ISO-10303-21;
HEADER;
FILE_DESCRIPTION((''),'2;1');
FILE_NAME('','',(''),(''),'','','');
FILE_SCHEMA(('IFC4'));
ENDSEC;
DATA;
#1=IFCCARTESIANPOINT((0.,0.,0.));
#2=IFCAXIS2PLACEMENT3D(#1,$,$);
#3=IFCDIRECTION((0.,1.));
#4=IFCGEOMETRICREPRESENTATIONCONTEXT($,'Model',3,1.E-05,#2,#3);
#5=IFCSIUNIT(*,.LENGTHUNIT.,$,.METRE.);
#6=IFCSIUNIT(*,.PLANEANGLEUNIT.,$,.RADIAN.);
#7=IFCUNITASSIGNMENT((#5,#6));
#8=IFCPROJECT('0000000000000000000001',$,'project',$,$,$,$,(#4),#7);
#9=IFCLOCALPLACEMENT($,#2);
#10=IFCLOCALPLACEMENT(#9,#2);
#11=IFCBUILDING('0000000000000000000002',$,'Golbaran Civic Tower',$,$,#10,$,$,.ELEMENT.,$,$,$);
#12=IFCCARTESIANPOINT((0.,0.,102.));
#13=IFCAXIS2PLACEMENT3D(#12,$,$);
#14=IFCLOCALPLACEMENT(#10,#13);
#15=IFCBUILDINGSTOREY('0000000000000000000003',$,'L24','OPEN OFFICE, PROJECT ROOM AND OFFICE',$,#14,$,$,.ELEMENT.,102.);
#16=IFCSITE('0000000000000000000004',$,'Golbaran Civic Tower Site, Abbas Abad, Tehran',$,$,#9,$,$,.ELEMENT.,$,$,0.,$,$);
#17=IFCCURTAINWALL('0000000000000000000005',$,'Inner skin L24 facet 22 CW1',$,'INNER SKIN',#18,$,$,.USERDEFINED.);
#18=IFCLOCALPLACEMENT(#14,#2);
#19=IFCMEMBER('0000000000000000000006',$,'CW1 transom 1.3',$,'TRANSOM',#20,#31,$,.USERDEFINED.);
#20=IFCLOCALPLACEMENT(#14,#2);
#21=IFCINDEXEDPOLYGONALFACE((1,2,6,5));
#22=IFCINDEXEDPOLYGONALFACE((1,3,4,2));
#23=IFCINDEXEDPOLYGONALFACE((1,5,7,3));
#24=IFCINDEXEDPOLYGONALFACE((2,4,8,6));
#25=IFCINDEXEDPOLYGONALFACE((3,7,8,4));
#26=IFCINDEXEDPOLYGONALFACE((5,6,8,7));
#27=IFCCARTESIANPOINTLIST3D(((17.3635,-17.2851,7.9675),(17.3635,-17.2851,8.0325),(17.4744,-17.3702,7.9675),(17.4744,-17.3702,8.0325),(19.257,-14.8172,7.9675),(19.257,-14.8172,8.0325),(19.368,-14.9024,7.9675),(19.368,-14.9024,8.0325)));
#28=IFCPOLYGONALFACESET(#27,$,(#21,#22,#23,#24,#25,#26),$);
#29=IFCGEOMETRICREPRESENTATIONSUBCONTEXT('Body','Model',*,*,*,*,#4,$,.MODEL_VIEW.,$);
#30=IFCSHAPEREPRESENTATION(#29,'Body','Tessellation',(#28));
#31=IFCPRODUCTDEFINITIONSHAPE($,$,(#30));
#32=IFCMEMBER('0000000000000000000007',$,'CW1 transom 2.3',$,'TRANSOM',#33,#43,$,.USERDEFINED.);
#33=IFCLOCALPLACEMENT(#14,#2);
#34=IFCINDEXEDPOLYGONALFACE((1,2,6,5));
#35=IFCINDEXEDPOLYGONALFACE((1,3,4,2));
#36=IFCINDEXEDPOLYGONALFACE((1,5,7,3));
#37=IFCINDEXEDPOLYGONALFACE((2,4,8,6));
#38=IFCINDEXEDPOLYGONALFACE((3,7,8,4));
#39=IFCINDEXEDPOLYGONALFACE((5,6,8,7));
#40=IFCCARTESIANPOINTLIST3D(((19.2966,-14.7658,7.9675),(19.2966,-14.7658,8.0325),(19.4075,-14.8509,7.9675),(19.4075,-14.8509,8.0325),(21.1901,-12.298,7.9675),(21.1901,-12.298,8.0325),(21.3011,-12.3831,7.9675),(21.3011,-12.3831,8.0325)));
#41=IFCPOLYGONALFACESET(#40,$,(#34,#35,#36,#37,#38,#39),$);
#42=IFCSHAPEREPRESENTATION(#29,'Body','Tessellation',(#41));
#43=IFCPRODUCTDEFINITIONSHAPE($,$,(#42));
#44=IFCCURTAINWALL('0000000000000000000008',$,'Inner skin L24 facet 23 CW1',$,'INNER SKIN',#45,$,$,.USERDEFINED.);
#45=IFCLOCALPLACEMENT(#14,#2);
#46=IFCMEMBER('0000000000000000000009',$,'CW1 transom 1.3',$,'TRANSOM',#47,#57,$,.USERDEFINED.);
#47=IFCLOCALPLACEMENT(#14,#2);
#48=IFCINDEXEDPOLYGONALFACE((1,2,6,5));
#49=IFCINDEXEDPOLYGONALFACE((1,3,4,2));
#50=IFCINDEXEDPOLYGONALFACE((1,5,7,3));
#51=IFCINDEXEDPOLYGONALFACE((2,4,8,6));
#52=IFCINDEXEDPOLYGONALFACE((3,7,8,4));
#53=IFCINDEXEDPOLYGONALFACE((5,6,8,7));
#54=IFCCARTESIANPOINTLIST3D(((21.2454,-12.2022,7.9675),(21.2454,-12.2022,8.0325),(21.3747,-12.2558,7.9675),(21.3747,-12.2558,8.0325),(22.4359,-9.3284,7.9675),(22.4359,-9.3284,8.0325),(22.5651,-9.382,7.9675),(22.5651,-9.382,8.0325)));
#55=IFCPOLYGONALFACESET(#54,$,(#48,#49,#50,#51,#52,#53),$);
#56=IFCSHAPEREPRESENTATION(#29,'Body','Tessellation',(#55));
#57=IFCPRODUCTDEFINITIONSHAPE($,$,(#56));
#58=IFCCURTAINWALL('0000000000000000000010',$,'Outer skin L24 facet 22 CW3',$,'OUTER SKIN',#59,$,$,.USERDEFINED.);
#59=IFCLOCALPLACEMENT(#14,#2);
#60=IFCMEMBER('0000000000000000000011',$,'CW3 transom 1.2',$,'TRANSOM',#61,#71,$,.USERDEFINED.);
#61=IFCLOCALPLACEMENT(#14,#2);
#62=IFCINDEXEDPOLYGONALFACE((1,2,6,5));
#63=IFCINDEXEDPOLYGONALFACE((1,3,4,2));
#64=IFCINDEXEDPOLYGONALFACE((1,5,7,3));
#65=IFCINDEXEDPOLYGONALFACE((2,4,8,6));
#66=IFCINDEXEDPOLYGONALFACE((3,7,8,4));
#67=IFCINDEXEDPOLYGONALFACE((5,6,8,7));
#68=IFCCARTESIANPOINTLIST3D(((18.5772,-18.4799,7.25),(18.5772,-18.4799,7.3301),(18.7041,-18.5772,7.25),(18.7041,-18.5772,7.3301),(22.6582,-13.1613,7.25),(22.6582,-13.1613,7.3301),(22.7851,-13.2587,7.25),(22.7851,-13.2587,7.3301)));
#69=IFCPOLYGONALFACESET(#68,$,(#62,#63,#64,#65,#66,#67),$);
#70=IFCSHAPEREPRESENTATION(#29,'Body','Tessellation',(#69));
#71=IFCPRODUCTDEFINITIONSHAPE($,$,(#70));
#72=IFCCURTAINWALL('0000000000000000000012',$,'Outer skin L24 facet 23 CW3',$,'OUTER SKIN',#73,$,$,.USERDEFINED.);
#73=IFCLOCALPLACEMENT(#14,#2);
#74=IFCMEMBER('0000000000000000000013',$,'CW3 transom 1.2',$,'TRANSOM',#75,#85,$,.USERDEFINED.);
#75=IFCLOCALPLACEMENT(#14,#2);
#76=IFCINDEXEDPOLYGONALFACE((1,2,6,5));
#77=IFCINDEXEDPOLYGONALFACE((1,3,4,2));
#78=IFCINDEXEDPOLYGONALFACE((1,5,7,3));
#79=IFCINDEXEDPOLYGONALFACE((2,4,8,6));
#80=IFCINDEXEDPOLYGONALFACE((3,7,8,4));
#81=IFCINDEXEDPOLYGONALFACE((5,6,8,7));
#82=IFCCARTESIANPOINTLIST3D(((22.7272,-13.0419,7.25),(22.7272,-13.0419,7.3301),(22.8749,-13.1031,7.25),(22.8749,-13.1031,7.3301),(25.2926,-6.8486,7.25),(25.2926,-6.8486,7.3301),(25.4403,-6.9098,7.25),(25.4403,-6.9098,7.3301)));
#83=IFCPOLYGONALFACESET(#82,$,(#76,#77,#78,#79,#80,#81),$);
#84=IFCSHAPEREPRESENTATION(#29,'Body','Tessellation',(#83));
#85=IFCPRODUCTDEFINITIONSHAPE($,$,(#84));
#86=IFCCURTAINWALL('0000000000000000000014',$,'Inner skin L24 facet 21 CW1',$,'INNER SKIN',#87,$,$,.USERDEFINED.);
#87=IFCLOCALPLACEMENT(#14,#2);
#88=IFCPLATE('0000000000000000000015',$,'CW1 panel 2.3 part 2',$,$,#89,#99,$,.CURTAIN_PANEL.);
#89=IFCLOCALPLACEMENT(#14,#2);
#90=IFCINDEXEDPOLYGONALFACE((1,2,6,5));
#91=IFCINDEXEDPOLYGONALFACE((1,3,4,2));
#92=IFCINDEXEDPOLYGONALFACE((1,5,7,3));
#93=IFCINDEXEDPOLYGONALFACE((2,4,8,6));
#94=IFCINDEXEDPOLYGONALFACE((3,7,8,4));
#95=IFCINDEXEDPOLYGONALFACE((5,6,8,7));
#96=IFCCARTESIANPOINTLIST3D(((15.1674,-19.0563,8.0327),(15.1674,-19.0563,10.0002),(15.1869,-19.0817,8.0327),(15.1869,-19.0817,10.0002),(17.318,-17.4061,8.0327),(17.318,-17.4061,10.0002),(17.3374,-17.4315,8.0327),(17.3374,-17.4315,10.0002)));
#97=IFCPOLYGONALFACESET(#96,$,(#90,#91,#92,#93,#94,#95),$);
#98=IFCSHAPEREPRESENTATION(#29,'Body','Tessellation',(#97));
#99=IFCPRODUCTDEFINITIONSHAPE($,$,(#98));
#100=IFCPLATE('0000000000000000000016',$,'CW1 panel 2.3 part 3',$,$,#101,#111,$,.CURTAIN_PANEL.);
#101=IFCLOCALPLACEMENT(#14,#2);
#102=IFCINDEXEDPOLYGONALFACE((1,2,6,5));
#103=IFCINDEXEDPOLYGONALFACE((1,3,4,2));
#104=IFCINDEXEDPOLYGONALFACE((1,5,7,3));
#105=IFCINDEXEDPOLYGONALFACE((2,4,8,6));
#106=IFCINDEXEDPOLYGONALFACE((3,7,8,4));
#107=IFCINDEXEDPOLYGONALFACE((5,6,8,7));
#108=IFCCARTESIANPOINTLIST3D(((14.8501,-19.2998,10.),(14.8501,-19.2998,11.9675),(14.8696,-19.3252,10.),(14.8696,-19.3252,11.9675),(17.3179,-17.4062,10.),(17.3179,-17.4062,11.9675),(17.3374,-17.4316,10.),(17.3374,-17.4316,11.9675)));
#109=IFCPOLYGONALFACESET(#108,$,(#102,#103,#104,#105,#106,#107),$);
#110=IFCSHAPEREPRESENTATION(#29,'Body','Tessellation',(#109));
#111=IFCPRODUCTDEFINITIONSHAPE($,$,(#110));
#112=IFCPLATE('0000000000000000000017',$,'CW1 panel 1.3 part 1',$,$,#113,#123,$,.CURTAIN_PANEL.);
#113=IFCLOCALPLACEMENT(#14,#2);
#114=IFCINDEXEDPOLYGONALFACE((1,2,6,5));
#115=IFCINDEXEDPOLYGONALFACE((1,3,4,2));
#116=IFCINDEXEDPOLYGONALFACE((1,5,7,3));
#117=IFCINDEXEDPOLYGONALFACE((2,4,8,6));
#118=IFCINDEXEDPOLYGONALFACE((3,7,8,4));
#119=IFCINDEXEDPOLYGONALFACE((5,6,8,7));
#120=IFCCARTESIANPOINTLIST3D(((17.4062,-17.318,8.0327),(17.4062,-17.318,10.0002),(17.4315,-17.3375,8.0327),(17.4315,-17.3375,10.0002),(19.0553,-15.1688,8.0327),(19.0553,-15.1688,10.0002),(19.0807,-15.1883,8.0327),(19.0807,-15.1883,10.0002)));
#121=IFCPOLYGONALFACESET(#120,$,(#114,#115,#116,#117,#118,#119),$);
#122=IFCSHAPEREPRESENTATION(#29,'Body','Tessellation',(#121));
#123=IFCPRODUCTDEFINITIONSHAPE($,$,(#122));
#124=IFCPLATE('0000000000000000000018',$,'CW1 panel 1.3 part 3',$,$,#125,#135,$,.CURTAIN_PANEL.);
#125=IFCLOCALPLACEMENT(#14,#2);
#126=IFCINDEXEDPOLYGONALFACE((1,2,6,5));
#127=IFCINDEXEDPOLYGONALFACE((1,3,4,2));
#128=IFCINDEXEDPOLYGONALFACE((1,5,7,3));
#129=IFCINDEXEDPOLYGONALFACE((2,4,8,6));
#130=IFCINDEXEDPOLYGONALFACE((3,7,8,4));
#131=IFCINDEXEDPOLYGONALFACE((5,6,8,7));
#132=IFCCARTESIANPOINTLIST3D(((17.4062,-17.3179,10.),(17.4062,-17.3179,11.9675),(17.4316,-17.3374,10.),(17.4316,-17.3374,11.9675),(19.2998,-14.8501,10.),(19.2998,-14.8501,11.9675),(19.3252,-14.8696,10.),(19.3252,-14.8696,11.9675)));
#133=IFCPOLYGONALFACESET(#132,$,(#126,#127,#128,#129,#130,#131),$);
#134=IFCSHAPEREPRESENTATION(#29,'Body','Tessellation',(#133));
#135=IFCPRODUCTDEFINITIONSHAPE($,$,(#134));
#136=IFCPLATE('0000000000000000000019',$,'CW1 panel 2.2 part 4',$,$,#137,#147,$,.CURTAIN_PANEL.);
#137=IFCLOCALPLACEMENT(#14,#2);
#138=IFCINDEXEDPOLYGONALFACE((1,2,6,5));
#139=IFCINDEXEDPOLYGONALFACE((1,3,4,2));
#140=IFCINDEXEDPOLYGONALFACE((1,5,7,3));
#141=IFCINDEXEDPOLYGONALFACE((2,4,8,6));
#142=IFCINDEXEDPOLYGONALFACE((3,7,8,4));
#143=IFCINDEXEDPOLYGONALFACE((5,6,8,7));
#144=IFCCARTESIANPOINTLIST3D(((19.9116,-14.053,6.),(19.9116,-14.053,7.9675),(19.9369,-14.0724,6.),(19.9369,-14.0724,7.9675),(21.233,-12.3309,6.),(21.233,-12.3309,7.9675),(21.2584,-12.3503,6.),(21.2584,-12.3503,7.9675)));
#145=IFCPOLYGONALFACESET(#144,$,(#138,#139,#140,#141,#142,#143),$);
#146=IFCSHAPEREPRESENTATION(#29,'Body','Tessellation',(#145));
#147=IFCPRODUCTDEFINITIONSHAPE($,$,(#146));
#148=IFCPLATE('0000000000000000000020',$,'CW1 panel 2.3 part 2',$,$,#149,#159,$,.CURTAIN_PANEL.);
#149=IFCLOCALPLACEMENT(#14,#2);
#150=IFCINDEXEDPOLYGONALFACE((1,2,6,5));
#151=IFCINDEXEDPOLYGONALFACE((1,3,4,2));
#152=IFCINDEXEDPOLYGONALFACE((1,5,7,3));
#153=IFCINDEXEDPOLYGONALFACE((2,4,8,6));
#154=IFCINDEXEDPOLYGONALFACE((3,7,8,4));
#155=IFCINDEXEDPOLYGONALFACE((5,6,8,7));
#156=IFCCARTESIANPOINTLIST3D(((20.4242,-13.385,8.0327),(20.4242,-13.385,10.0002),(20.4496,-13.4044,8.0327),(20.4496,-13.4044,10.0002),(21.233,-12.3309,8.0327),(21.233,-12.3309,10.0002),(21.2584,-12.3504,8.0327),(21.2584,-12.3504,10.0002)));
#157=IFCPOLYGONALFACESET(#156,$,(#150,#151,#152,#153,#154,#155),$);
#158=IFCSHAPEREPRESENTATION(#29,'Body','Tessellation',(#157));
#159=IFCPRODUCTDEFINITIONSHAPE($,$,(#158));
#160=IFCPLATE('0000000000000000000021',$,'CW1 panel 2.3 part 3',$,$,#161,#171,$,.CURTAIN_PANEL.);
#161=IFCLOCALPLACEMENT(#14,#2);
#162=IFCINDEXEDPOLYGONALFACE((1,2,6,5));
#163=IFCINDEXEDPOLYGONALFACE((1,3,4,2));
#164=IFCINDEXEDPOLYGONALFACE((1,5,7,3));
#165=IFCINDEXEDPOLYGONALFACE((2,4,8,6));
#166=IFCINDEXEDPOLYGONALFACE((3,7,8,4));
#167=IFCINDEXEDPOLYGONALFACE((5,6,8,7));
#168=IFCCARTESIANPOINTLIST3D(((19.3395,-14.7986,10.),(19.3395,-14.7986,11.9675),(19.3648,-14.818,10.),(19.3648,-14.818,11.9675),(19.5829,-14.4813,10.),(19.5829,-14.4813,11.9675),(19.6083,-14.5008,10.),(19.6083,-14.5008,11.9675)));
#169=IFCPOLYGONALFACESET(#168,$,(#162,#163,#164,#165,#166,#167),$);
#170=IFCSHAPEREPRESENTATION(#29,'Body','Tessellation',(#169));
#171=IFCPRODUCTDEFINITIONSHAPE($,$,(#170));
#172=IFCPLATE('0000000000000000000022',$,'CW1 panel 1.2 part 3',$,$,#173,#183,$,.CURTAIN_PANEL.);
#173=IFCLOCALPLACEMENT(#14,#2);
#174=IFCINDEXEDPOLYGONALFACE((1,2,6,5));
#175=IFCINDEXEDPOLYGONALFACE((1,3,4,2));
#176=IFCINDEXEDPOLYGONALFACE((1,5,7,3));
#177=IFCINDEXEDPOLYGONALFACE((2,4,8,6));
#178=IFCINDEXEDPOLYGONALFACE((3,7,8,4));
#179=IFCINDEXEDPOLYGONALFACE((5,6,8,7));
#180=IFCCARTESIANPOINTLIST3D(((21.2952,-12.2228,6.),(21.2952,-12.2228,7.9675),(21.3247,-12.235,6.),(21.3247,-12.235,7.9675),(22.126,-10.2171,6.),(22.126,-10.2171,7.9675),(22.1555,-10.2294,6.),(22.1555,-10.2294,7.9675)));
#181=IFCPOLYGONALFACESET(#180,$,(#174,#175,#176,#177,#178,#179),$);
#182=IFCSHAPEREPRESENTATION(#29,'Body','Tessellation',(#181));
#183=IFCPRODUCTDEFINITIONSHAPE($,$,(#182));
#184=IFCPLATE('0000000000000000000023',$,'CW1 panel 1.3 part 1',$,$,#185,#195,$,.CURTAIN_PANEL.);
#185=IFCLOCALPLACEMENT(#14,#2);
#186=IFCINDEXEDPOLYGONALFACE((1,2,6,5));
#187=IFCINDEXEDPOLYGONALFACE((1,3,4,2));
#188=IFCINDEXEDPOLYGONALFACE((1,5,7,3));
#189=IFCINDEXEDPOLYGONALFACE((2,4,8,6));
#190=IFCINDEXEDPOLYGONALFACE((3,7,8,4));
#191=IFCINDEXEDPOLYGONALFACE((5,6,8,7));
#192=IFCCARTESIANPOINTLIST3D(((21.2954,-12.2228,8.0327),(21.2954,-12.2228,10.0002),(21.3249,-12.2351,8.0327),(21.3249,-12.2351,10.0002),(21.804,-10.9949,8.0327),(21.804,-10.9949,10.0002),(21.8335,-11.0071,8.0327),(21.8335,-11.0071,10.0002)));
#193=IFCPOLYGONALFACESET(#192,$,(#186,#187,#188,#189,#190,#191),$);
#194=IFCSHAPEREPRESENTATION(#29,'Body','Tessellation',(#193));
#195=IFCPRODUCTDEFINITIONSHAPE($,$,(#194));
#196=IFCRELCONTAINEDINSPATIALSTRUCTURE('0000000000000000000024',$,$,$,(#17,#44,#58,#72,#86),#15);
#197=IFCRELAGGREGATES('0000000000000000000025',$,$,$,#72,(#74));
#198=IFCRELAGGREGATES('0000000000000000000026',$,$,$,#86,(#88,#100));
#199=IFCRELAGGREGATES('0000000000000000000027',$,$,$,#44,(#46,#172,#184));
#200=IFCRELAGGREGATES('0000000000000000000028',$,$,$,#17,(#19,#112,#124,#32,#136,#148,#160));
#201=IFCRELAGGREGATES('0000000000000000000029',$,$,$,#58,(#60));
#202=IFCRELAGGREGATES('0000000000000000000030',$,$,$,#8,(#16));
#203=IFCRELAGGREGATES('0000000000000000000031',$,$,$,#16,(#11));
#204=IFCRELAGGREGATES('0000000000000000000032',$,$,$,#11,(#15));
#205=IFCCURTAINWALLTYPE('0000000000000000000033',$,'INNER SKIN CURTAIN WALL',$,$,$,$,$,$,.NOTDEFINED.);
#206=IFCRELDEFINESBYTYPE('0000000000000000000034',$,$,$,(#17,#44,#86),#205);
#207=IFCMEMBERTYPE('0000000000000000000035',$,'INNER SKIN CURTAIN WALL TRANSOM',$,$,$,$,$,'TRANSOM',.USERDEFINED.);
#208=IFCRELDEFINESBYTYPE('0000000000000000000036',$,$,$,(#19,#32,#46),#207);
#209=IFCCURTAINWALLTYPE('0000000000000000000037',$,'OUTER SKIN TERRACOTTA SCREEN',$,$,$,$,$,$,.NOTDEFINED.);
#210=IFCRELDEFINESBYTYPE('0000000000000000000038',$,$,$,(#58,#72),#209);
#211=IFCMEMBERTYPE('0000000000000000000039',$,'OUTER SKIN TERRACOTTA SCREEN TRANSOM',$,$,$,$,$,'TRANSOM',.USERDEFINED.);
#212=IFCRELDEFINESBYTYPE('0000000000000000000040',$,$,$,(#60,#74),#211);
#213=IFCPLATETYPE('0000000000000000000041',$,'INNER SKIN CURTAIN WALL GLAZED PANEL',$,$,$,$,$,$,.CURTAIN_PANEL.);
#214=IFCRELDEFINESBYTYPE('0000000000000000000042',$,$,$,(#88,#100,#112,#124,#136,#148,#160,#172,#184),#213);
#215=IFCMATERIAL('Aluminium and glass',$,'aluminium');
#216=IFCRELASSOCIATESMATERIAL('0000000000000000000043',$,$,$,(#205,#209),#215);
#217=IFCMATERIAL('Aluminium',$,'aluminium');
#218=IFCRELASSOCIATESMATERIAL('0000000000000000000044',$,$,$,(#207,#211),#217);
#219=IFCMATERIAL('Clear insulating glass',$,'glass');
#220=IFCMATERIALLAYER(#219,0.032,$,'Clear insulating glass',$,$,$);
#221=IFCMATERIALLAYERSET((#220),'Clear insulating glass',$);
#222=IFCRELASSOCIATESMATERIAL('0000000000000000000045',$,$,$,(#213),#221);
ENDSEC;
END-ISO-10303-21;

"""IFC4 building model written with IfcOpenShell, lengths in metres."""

from ifc_helpers import new_model, si_unit, direction, frame, origin, origin_2d, place, context, subcontext, project, spatial, rectangle, extrude, material, layer, layer_set, material_profile, profile_set, type_object, element, aggregate, save


model = new_model("IFC4")

# Units and contexts
model_context = context("Model", 3, precision=1e-05, world=origin(), true_north=direction((0.0, 1.0)))
body_context = subcontext(model_context, "Body", "Model", "MODEL_VIEW")
ifc_project = project(units=[si_unit("LENGTHUNIT", "METRE"), si_unit("PLANEANGLEUNIT", "RADIAN")], contexts=[model_context])

# Site, building, storey
site_placement = place(None, origin())
site = spatial("IfcSite", under=ifc_project, at=site_placement, Name="Golbaran Civic Tower Site, Abbas Abad, Tehran", CompositionType="ELEMENT", RefElevation=0.0)
building_placement = place(site_placement, origin())
building = spatial("IfcBuilding", under=site, at=building_placement, Name="Golbaran Civic Tower", CompositionType="ELEMENT")
storey_placement = place(building_placement, frame((0.0, 0.0, 102.0)))
storey = spatial("IfcBuildingStorey", under=building, at=storey_placement, Name="L24", Description="OPEN OFFICE, PROJECT ROOM AND OFFICE", CompositionType="ELEMENT", Elevation=102.0)

# Curtain wall, members
ifc_material_1 = material(Name="Aluminium and glass", Category="aluminium")
curtain_wall_type_1 = type_object("IfcCurtainWallType", Name="INNER SKIN CURTAIN WALL", PredefinedType="NOTDEFINED", material=ifc_material_1)
curtain_wall_1_placement = place(storey_placement, origin())
curtain_wall_1 = element("IfcCurtainWall", 1, at=curtain_wall_1_placement, inside=storey, type_object=curtain_wall_type_1, Name="Inner skin L24 facet 22 CW1", ObjectType="INNER SKIN", PredefinedType="USERDEFINED")
ifc_material_2 = material(Name="Aluminium", Category="aluminium")
ifc_material_profile_1 = material_profile(ifc_material_2, rectangle(XDim=0.1399, YDim=0.0649, at=origin_2d()), Name="INNER SKIN CURTAIN WALL TRANSOM")
ifc_profile_set_1 = profile_set([ifc_material_profile_1], Name="Aluminium")
member_type_1 = type_object("IfcMemberType", Name="INNER SKIN CURTAIN WALL TRANSOM", ElementType="TRANSOM", PredefinedType="USERDEFINED", material=ifc_profile_set_1)
member_1_placement = place(storey_placement, frame((17.4189, -17.3276, 8.0), z_axis=(0.608754, 0.793359, 0.0), x_axis=(-0.793359, 0.608754, 0.0)))
member_1 = element("IfcMember", 2, at=member_1_placement, type_object=member_type_1, Name="CW1 transom 1.3", ObjectType="TRANSOM", PredefinedType="USERDEFINED", context=body_context, shape_type="SweptSolid", body=[
    extrude(rectangle(XDim=0.1399, YDim=0.0649, at=origin_2d()), origin(), (0.0, 0.0, 1.0), 3.1106),
])
member_2_placement = place(storey_placement, frame((19.3521, -14.8083, 8.0), z_axis=(0.608754, 0.793359, 0.0), x_axis=(-0.793359, 0.608754, 0.0)))
member_2 = element("IfcMember", 3, at=member_2_placement, type_object=member_type_1, Name="CW1 transom 2.3", ObjectType="TRANSOM", PredefinedType="USERDEFINED", context=body_context, shape_type="SweptSolid", body=[
    extrude(rectangle(XDim=0.1399, YDim=0.0649, at=origin_2d()), origin(), (0.0, 0.0, 1.0), 3.1106),
])

# Curtain walls, members
curtain_wall_2_placement = place(storey_placement, origin())
curtain_wall_2 = element("IfcCurtainWall", 4, at=curtain_wall_2_placement, inside=storey, type_object=curtain_wall_type_1, Name="Inner skin L24 facet 23 CW1", ObjectType="INNER SKIN", PredefinedType="USERDEFINED")
member_3_placement = place(storey_placement, frame((21.3101, -12.229, 8.0), z_axis=(0.382703, 0.923871, 0.0), x_axis=(-0.923871, 0.382703, 0.0)))
member_3 = element("IfcMember", 5, at=member_3_placement, type_object=member_type_1, Name="CW1 transom 1.3", ObjectType="TRANSOM", PredefinedType="USERDEFINED", context=body_context, shape_type="SweptSolid", body=[
    extrude(rectangle(XDim=0.1399, YDim=0.0649, at=origin_2d()), origin(), (0.0, 0.0, 1.0), 3.1106),
])
curtain_wall_type_2 = type_object("IfcCurtainWallType", Name="OUTER SKIN TERRACOTTA SCREEN", PredefinedType="NOTDEFINED", material=ifc_material_1)
curtain_wall_3_placement = place(storey_placement, origin())
curtain_wall_3 = element("IfcCurtainWall", 6, at=curtain_wall_3_placement, inside=storey, type_object=curtain_wall_type_2, Name="Outer skin L24 facet 22 CW3", ObjectType="OUTER SKIN", PredefinedType="USERDEFINED")
ifc_material_profile_2 = material_profile(ifc_material_2, rectangle(XDim=0.1599, YDim=0.0801, at=origin_2d()), Name="OUTER SKIN TERRACOTTA SCREEN TRANSOM")
ifc_profile_set_2 = profile_set([ifc_material_profile_2], Name="Aluminium")
member_type_2 = type_object("IfcMemberType", Name="OUTER SKIN TERRACOTTA SCREEN TRANSOM", ElementType="TRANSOM", PredefinedType="USERDEFINED", material=ifc_profile_set_2)
member_4_placement = place(storey_placement, frame((18.6406, -18.5286, 7.29), z_axis=(0.608756, 0.793357, 0.0), x_axis=(-0.793357, 0.608756, 0.0)))
member_4 = element("IfcMember", 7, at=member_4_placement, type_object=member_type_2, Name="CW3 transom 1.2", ObjectType="TRANSOM", PredefinedType="USERDEFINED", context=body_context, shape_type="SweptSolid", body=[
    extrude(rectangle(XDim=0.1599, YDim=0.0801, at=origin_2d()), origin(), (0.0, 0.0, 1.0), 6.7039),
])
curtain_wall_4_placement = place(storey_placement, origin())
curtain_wall_4 = element("IfcCurtainWall", 8, at=curtain_wall_4_placement, inside=storey, type_object=curtain_wall_type_2, Name="Outer skin L24 facet 23 CW3", ObjectType="OUTER SKIN", PredefinedType="USERDEFINED")
member_5_placement = place(storey_placement, frame((22.801, -13.0725, 7.29), z_axis=(0.382691, 0.923877, 0.0), x_axis=(-0.923877, 0.382691, 0.0)))
member_5 = element("IfcMember", 9, at=member_5_placement, type_object=member_type_2, Name="CW3 transom 1.2", ObjectType="TRANSOM", PredefinedType="USERDEFINED", context=body_context, shape_type="SweptSolid", body=[
    extrude(rectangle(XDim=0.1599, YDim=0.0801, at=origin_2d()), origin(), (0.0, 0.0, 1.0), 6.7036),
])
aggregate(curtain_wall_4, [member_5])

# Curtain wall, plates
curtain_wall_5_placement = place(storey_placement, origin())
curtain_wall_5 = element("IfcCurtainWall", 10, at=curtain_wall_5_placement, inside=storey, type_object=curtain_wall_type_1, Name="Inner skin L24 facet 21 CW1", ObjectType="INNER SKIN", PredefinedType="USERDEFINED")
ifc_material_3 = material(Name="Clear insulating glass", Category="glass")
ifc_layer_1 = layer(ifc_material_3, 0.032, Name="Clear insulating glass")
ifc_layer_set_1 = layer_set([ifc_layer_1], Name="Clear insulating glass")
plate_type_1 = type_object("IfcPlateType", Name="INNER SKIN CURTAIN WALL GLAZED PANEL", PredefinedType="CURTAIN_PANEL", material=ifc_layer_set_1)
plate_1_placement = place(storey_placement, frame((16.2524, -18.2439, 8.0327), z_axis=(0.0, 0.0, 1.0), x_axis=(0.793353, 0.608761, 0.0)))
plate_1 = element("IfcPlate", 11, at=plate_1_placement, type_object=plate_type_1, Name="CW1 panel 2.3 part 2", PredefinedType="CURTAIN_PANEL", context=body_context, shape_type="SweptSolid", body=[
    extrude(rectangle(XDim=2.7107, YDim=0.032, at=origin_2d()), origin(), (0.0, 0.0, 1.0), 1.9675),
])
plate_2_placement = place(storey_placement, frame((16.0938, -18.3657, 10.0), z_axis=(0.0, 0.0, 1.0), x_axis=(0.793353, 0.608761, 0.0)))
plate_2 = element("IfcPlate", 12, at=plate_2_placement, type_object=plate_type_1, Name="CW1 panel 2.3 part 3", PredefinedType="CURTAIN_PANEL", context=body_context, shape_type="SweptSolid", body=[
    extrude(rectangle(XDim=3.1106, YDim=0.032, at=origin_2d()), origin(), (0.0, 0.0, 1.0), 1.9675),
])
aggregate(curtain_wall_5, [plate_1, plate_2])

# Plates
plate_3_placement = place(storey_placement, frame((18.2434, -16.2532, 8.0327), z_axis=(0.0, 0.0, 1.0), x_axis=(0.608761, 0.793353, 0.0)))
plate_3 = element("IfcPlate", 13, at=plate_3_placement, type_object=plate_type_1, Name="CW1 panel 1.3 part 1", PredefinedType="CURTAIN_PANEL", context=body_context, shape_type="SweptSolid", body=[
    extrude(rectangle(XDim=2.709, YDim=0.032, at=origin_2d()), origin(), (0.0, 0.0, 1.0), 1.9675),
])
plate_4_placement = place(storey_placement, frame((18.3657, -16.0938, 10.0), z_axis=(0.0, 0.0, 1.0), x_axis=(0.608761, 0.793353, 0.0)))
plate_4 = element("IfcPlate", 14, at=plate_4_placement, type_object=plate_type_1, Name="CW1 panel 1.3 part 3", PredefinedType="CURTAIN_PANEL", context=body_context, shape_type="SweptSolid", body=[
    extrude(rectangle(XDim=3.1106, YDim=0.032, at=origin_2d()), origin(), (0.0, 0.0, 1.0), 1.9675),
])
plate_5_placement = place(storey_placement, frame((20.585, -13.2017, 6.0), z_axis=(0.0, 0.0, 1.0), x_axis=(0.608761, 0.793353, 0.0)))
plate_5 = element("IfcPlate", 15, at=plate_5_placement, type_object=plate_type_1, Name="CW1 panel 2.2 part 4", PredefinedType="CURTAIN_PANEL", context=body_context, shape_type="SweptSolid", body=[
    extrude(rectangle(XDim=2.1707, YDim=0.032, at=origin_2d()), origin(), (0.0, 0.0, 1.0), 1.9675),
])
plate_6_placement = place(storey_placement, frame((20.8413, -12.8677, 8.0327), z_axis=(0.0, 0.0, 1.0), x_axis=(0.608761, 0.793353, 0.0)))
plate_6 = element("IfcPlate", 16, at=plate_6_placement, type_object=plate_type_1, Name="CW1 panel 2.3 part 2", PredefinedType="CURTAIN_PANEL", context=body_context, shape_type="SweptSolid", body=[
    extrude(rectangle(XDim=1.3286, YDim=0.032, at=origin_2d()), origin(), (0.0, 0.0, 1.0), 1.9675),
])
plate_7_placement = place(storey_placement, frame((19.4739, -14.6497, 10.0), z_axis=(0.0, 0.0, 1.0), x_axis=(0.608761, 0.793353, 0.0)))
plate_7 = element("IfcPlate", 17, at=plate_7_placement, type_object=plate_type_1, Name="CW1 panel 2.3 part 3", PredefinedType="CURTAIN_PANEL", context=body_context, shape_type="SweptSolid", body=[
    extrude(rectangle(XDim=0.3999, YDim=0.032, at=origin_2d()), origin(), (0.0, 0.0, 1.0), 1.9675),
])
plate_8_placement = place(storey_placement, frame((21.7253, -11.2261, 6.0), z_axis=(0.0, 0.0, 1.0), x_axis=(0.382683, 0.92388, 0.0)))
plate_8 = element("IfcPlate", 18, at=plate_8_placement, type_object=plate_type_1, Name="CW1 panel 1.2 part 3", PredefinedType="CURTAIN_PANEL", context=body_context, shape_type="SweptSolid", body=[
    extrude(rectangle(XDim=2.1709, YDim=0.032, at=origin_2d()), origin(), (0.0, 0.0, 1.0), 1.9675),
])
plate_9_placement = place(storey_placement, frame((21.5645, -11.615, 8.0327), z_axis=(0.0, 0.0, 1.0), x_axis=(0.382683, 0.92388, 0.0)))
plate_9 = element("IfcPlate", 19, at=plate_9_placement, type_object=plate_type_1, Name="CW1 panel 1.3 part 1", PredefinedType="CURTAIN_PANEL", context=body_context, shape_type="SweptSolid", body=[
    extrude(rectangle(XDim=1.3291, YDim=0.032, at=origin_2d()), origin(), (0.0, 0.0, 1.0), 1.9675),
])
aggregate(curtain_wall_2, [member_3, plate_8, plate_9])
aggregate(curtain_wall_1, [member_1, plate_3, plate_4, member_2, plate_5, plate_6, plate_7])
aggregate(curtain_wall_3, [member_4])

save(model, "model.ifc")
